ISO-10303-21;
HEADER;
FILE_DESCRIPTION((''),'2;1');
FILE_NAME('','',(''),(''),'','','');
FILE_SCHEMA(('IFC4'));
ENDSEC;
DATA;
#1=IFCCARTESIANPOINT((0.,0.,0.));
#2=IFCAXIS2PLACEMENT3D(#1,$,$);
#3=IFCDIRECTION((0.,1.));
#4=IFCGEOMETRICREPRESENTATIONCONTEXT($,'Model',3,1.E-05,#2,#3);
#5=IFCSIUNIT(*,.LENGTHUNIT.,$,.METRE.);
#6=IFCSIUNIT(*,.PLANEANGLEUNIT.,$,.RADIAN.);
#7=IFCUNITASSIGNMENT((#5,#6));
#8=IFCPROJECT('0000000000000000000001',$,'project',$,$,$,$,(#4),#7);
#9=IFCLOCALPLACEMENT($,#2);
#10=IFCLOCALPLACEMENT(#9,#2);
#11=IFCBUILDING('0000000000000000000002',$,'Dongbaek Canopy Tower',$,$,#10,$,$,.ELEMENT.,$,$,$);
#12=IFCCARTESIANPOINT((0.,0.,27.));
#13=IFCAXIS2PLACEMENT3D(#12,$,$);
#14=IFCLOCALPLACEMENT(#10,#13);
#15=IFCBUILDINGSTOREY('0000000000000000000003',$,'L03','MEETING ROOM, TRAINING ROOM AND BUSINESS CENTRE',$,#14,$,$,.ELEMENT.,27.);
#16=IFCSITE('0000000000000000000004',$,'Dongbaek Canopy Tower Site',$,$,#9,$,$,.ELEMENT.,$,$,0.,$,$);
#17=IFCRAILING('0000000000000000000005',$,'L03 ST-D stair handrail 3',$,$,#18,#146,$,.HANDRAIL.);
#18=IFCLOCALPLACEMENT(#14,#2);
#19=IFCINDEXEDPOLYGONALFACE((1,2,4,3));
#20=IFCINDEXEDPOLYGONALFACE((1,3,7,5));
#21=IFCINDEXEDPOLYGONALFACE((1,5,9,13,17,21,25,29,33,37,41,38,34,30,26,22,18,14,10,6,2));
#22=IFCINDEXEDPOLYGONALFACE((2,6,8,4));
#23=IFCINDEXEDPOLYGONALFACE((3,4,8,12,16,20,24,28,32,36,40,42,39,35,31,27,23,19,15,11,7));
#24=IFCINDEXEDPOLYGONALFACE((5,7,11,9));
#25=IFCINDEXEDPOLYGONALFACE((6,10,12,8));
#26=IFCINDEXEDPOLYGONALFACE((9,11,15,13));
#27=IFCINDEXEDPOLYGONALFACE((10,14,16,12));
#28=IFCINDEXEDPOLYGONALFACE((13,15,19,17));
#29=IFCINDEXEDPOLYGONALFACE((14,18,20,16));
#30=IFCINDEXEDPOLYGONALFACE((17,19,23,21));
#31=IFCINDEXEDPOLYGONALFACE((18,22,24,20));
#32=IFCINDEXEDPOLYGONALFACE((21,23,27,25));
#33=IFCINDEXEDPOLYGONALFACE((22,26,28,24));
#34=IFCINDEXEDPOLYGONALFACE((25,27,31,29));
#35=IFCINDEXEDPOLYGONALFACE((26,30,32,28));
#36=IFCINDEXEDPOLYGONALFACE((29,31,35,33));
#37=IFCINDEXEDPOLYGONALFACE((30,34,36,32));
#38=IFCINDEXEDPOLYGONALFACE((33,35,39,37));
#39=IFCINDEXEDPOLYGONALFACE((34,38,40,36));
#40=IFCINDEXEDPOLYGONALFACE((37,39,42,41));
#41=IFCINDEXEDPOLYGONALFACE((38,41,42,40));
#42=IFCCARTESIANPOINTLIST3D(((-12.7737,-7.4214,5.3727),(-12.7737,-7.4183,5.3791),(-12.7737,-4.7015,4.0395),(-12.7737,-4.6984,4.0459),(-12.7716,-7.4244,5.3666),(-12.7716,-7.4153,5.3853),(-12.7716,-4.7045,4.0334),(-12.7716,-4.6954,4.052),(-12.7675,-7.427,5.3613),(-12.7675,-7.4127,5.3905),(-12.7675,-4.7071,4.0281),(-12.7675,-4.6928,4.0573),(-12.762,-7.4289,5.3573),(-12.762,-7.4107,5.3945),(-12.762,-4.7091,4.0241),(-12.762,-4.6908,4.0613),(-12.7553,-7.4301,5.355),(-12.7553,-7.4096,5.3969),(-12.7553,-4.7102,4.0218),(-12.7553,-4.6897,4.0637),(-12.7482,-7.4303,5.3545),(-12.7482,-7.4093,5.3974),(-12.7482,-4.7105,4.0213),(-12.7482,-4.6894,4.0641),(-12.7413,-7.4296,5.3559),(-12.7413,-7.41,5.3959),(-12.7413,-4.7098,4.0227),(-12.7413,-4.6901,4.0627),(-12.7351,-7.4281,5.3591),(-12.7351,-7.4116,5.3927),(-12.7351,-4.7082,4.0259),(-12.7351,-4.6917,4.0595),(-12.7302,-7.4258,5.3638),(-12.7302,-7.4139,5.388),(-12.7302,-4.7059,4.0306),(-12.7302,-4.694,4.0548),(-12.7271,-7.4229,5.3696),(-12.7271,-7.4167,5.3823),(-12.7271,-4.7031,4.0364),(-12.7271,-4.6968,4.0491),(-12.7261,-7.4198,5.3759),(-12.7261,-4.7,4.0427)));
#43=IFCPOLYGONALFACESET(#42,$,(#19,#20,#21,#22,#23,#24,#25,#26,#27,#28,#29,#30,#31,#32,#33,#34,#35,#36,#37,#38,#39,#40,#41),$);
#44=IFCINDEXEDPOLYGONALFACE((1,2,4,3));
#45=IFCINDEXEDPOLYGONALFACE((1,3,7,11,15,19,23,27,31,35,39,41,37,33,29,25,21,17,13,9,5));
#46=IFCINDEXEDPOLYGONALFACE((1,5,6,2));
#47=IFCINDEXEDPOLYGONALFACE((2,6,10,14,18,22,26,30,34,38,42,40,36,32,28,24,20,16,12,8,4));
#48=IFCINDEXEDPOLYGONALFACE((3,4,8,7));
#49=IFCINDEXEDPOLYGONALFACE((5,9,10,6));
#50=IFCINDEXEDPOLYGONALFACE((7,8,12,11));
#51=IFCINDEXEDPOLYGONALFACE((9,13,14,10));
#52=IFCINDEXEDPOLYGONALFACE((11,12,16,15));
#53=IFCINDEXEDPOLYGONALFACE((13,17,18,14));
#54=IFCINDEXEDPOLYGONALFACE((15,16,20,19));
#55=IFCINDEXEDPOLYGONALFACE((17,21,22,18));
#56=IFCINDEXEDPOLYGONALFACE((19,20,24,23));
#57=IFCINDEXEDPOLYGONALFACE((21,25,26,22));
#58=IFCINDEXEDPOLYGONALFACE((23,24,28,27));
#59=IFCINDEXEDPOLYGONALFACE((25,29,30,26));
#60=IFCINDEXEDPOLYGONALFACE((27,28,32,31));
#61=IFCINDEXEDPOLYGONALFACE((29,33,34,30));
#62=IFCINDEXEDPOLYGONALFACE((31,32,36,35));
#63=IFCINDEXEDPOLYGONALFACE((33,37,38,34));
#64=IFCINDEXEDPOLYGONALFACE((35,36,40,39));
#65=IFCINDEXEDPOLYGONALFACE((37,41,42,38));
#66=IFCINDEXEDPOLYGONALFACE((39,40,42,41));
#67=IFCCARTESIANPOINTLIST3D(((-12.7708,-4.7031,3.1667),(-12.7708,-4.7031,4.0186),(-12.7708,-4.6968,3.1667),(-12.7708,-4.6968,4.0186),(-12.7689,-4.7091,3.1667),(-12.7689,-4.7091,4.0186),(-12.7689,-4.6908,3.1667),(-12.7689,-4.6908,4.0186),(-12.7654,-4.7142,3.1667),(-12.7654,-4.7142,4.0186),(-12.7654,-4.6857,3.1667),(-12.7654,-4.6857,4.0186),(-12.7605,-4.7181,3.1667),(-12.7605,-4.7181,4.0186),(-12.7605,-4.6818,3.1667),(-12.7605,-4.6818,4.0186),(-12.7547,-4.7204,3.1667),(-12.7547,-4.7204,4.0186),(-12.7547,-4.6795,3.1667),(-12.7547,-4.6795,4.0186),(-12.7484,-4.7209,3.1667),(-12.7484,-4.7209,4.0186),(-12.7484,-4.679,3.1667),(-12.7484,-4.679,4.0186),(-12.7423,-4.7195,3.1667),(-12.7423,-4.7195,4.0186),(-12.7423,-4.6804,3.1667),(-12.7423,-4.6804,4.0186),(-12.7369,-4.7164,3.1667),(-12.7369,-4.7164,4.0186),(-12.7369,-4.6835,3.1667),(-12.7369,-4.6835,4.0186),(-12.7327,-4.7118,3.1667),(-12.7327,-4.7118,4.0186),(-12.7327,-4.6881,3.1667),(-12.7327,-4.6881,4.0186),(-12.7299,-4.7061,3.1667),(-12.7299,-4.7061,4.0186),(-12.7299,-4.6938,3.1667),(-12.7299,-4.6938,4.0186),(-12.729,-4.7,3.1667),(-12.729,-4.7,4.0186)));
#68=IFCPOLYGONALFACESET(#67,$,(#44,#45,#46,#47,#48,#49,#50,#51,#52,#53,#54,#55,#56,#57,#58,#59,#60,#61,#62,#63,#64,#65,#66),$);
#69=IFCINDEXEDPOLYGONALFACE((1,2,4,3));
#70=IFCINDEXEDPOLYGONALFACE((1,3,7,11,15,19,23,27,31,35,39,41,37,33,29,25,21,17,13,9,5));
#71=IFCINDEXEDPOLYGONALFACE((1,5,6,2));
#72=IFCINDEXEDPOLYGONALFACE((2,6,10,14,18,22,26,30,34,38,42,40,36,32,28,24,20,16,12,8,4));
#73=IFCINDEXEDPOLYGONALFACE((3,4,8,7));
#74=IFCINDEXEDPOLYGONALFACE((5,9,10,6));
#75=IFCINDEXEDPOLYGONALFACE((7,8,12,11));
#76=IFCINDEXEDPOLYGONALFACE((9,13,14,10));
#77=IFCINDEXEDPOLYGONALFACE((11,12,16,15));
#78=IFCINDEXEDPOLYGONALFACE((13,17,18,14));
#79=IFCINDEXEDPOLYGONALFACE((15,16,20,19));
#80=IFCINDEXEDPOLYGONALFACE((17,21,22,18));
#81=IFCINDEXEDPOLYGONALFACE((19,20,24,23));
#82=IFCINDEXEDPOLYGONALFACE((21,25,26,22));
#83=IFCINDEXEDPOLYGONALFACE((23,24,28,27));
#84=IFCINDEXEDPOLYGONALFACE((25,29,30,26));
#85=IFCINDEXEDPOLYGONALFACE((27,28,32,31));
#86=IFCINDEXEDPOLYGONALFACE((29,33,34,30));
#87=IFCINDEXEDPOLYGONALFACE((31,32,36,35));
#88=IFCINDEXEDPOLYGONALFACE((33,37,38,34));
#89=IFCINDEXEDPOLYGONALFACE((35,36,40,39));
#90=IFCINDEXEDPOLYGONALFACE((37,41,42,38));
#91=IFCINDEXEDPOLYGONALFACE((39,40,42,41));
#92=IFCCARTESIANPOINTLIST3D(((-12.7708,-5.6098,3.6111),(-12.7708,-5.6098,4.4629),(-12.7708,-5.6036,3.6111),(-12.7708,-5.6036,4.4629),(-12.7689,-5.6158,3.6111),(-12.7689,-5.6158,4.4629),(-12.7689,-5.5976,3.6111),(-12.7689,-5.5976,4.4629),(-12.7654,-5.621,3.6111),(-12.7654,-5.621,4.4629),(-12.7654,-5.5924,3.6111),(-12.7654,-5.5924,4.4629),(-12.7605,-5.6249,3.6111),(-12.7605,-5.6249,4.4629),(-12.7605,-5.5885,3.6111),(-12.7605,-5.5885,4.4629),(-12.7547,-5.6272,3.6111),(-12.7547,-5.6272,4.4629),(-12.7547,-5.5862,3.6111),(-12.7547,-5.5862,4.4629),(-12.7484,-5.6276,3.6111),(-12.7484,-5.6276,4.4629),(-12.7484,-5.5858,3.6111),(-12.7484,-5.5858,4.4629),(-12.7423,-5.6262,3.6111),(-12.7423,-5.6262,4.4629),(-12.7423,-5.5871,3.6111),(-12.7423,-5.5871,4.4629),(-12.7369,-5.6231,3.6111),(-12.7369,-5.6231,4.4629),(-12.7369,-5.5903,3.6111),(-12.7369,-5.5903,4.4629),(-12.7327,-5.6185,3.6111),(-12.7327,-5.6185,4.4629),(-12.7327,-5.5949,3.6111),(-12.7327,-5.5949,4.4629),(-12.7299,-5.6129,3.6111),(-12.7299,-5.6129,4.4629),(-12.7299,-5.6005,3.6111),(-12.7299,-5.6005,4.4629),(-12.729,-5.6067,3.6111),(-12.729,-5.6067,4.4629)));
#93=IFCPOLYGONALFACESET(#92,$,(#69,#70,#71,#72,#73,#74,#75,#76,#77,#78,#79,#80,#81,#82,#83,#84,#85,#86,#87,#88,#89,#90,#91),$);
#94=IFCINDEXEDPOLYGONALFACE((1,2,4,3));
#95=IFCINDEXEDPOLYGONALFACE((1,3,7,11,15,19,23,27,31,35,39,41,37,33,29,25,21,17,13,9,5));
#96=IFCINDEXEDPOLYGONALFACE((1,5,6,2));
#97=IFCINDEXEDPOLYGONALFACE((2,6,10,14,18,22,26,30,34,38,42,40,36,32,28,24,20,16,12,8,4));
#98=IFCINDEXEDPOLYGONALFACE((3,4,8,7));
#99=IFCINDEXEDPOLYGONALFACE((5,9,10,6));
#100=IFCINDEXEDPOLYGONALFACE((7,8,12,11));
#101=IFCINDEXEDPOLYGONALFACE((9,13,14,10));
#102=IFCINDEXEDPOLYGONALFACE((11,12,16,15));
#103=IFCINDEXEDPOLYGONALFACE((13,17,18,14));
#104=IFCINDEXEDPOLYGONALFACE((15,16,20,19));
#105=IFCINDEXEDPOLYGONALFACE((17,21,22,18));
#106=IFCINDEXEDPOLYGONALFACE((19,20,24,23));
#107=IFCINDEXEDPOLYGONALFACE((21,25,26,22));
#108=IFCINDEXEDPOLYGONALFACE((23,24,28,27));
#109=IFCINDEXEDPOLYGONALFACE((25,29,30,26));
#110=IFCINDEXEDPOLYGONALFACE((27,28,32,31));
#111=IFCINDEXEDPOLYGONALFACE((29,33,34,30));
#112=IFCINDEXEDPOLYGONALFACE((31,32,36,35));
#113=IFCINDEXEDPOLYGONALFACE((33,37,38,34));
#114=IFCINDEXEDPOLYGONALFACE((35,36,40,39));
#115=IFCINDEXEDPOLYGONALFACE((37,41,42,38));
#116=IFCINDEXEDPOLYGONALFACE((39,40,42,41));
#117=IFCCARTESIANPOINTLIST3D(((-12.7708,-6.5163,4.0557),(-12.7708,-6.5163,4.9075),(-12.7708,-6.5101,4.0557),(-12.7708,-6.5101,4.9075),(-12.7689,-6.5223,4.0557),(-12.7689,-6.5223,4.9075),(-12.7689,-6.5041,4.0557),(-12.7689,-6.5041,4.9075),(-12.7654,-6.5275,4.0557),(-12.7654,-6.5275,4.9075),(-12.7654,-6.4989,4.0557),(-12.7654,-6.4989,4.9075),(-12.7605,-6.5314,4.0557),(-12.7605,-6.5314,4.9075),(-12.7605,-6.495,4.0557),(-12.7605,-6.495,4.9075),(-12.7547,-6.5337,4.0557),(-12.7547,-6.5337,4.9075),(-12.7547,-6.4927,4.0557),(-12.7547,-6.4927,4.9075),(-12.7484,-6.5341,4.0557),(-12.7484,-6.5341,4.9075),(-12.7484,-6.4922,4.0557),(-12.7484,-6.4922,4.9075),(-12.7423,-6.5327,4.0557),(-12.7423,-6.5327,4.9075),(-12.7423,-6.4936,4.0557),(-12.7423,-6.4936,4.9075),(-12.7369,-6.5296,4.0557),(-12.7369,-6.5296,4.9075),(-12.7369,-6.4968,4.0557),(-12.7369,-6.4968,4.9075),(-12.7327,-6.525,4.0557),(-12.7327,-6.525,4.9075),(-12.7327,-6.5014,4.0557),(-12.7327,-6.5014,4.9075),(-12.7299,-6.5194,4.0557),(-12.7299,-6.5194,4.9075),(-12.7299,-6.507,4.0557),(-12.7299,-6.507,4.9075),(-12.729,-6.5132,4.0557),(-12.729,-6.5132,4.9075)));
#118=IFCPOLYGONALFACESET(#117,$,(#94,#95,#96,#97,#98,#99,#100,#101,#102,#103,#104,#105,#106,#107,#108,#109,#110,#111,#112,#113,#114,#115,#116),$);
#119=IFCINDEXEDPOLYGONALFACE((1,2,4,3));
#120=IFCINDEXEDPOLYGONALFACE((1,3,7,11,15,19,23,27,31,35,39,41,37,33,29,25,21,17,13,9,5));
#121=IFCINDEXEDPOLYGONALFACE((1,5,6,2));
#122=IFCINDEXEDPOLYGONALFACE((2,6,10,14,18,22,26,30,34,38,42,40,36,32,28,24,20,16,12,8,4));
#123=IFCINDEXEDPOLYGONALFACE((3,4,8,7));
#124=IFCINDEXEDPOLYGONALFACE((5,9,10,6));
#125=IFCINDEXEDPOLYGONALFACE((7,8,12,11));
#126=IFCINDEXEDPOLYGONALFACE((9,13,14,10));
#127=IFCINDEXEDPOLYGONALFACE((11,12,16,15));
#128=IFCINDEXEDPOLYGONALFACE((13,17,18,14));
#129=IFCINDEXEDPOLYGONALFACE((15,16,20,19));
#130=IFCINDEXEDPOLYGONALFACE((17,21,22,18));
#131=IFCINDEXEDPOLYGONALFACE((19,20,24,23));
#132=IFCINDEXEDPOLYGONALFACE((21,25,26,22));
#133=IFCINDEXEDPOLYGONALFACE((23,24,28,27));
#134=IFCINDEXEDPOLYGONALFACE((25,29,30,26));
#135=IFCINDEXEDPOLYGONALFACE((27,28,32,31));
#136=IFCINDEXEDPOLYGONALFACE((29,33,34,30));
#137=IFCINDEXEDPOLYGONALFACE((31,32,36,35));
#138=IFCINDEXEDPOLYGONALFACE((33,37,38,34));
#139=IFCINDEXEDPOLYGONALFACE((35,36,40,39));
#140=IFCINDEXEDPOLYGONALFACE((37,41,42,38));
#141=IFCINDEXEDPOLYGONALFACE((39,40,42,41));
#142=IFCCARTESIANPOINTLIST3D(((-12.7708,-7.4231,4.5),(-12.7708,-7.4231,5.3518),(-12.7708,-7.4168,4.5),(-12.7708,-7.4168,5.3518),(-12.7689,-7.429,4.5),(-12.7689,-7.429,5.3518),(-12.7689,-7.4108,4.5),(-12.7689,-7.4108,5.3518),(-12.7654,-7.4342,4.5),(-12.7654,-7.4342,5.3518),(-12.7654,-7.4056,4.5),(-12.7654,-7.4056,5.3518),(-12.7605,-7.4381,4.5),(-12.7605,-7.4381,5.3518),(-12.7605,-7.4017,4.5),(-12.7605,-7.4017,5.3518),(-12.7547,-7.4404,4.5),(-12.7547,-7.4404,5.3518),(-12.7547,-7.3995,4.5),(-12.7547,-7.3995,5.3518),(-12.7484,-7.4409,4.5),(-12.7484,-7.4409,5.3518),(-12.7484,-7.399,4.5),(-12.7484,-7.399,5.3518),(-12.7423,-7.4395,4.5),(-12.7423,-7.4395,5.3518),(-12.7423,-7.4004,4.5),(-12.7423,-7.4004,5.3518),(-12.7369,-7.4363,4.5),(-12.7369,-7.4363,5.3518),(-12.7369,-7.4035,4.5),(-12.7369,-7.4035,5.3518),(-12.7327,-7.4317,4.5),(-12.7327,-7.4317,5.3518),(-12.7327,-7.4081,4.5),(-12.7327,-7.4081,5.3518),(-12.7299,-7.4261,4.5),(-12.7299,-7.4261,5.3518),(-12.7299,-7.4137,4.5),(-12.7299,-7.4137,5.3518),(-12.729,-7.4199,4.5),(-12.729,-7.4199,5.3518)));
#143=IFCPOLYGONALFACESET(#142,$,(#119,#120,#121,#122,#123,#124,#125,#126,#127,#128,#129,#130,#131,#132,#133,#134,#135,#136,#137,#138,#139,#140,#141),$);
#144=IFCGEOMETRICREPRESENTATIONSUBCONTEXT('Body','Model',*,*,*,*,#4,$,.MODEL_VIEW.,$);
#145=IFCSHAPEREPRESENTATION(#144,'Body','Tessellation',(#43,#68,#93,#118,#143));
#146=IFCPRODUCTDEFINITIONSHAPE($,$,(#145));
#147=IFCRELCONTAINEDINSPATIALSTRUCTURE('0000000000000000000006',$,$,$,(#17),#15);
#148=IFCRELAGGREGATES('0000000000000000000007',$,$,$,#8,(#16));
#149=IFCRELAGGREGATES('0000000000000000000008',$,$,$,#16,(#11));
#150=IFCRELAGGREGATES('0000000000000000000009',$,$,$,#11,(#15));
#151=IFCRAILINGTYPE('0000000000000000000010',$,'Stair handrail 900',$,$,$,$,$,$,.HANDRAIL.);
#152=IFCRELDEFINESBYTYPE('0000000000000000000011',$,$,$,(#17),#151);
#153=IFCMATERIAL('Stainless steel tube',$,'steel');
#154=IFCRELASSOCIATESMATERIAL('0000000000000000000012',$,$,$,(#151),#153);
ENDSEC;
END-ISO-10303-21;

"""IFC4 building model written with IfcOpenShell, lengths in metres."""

from ifc_helpers import new_model, si_unit, direction, frame, origin, origin_2d, place, context, subcontext, project, spatial, circle, extrude, material, type_object, element, save


model = new_model("IFC4")

# Units and contexts
model_context = context("Model", 3, precision=1e-05, world=origin(), true_north=direction((0.0, 1.0)))
body_context = subcontext(model_context, "Body", "Model", "MODEL_VIEW")
ifc_project = project(units=[si_unit("LENGTHUNIT", "METRE"), si_unit("PLANEANGLEUNIT", "RADIAN")], contexts=[model_context])

# Site, building, storey
site_placement = place(None, origin())
site = spatial("IfcSite", under=ifc_project, at=site_placement, Name="Dongbaek Canopy Tower Site", CompositionType="ELEMENT", RefElevation=0.0)
building_placement = place(site_placement, origin())
building = spatial("IfcBuilding", under=site, at=building_placement, Name="Dongbaek Canopy Tower", CompositionType="ELEMENT")
storey_placement = place(building_placement, frame((0.0, 0.0, 27.0)))
storey = spatial("IfcBuildingStorey", under=building, at=storey_placement, Name="L03", Description="MEETING ROOM, TRAINING ROOM AND BUSINESS CENTRE", CompositionType="ELEMENT", Elevation=27.0)

# Railing
ifc_material_1 = material(Name="Stainless steel tube", Category="steel")
railing_type = type_object("IfcRailingType", Name="Stair handrail 900", PredefinedType="HANDRAIL", material=ifc_material_1)
for number, where, name in (
    (1, (-12.75, -4.7, 3.1667), "L03 ST-D stair handrail 3"),
):
    element("IfcRailing", number, at=place(storey_placement, frame(where)), inside=storey, type_object=railing_type, Name=name, PredefinedType="HANDRAIL", context=body_context, shape_type="SweptSolid", body=[
        extrude(circle(Radius=0.0239, at=origin_2d()), frame((0.0, 0.0, 0.876), z_axis=(0.0, -0.897929, 0.440139), x_axis=(1.0, 0.0, 0.0)), (0.0, 0.0, 1.0), 3.0291),
        extrude(circle(Radius=0.021, at=origin_2d()), origin(), (0.0, 0.0, 1.0), 0.8518),
        extrude(circle(Radius=0.021, at=origin_2d()), frame((0.0, -0.9067, 0.4443)), (0.0, 0.0, 1.0), 0.8518),
        extrude(circle(Radius=0.021, at=origin_2d()), frame((0.0, -1.8132, 0.8889)), (0.0, 0.0, 1.0), 0.8518),
        extrude(circle(Radius=0.021, at=origin_2d()), frame((0.0, -2.72, 1.3333)), (0.0, 0.0, 1.0), 0.8518),
    ])

save(model, "model.ifc")
